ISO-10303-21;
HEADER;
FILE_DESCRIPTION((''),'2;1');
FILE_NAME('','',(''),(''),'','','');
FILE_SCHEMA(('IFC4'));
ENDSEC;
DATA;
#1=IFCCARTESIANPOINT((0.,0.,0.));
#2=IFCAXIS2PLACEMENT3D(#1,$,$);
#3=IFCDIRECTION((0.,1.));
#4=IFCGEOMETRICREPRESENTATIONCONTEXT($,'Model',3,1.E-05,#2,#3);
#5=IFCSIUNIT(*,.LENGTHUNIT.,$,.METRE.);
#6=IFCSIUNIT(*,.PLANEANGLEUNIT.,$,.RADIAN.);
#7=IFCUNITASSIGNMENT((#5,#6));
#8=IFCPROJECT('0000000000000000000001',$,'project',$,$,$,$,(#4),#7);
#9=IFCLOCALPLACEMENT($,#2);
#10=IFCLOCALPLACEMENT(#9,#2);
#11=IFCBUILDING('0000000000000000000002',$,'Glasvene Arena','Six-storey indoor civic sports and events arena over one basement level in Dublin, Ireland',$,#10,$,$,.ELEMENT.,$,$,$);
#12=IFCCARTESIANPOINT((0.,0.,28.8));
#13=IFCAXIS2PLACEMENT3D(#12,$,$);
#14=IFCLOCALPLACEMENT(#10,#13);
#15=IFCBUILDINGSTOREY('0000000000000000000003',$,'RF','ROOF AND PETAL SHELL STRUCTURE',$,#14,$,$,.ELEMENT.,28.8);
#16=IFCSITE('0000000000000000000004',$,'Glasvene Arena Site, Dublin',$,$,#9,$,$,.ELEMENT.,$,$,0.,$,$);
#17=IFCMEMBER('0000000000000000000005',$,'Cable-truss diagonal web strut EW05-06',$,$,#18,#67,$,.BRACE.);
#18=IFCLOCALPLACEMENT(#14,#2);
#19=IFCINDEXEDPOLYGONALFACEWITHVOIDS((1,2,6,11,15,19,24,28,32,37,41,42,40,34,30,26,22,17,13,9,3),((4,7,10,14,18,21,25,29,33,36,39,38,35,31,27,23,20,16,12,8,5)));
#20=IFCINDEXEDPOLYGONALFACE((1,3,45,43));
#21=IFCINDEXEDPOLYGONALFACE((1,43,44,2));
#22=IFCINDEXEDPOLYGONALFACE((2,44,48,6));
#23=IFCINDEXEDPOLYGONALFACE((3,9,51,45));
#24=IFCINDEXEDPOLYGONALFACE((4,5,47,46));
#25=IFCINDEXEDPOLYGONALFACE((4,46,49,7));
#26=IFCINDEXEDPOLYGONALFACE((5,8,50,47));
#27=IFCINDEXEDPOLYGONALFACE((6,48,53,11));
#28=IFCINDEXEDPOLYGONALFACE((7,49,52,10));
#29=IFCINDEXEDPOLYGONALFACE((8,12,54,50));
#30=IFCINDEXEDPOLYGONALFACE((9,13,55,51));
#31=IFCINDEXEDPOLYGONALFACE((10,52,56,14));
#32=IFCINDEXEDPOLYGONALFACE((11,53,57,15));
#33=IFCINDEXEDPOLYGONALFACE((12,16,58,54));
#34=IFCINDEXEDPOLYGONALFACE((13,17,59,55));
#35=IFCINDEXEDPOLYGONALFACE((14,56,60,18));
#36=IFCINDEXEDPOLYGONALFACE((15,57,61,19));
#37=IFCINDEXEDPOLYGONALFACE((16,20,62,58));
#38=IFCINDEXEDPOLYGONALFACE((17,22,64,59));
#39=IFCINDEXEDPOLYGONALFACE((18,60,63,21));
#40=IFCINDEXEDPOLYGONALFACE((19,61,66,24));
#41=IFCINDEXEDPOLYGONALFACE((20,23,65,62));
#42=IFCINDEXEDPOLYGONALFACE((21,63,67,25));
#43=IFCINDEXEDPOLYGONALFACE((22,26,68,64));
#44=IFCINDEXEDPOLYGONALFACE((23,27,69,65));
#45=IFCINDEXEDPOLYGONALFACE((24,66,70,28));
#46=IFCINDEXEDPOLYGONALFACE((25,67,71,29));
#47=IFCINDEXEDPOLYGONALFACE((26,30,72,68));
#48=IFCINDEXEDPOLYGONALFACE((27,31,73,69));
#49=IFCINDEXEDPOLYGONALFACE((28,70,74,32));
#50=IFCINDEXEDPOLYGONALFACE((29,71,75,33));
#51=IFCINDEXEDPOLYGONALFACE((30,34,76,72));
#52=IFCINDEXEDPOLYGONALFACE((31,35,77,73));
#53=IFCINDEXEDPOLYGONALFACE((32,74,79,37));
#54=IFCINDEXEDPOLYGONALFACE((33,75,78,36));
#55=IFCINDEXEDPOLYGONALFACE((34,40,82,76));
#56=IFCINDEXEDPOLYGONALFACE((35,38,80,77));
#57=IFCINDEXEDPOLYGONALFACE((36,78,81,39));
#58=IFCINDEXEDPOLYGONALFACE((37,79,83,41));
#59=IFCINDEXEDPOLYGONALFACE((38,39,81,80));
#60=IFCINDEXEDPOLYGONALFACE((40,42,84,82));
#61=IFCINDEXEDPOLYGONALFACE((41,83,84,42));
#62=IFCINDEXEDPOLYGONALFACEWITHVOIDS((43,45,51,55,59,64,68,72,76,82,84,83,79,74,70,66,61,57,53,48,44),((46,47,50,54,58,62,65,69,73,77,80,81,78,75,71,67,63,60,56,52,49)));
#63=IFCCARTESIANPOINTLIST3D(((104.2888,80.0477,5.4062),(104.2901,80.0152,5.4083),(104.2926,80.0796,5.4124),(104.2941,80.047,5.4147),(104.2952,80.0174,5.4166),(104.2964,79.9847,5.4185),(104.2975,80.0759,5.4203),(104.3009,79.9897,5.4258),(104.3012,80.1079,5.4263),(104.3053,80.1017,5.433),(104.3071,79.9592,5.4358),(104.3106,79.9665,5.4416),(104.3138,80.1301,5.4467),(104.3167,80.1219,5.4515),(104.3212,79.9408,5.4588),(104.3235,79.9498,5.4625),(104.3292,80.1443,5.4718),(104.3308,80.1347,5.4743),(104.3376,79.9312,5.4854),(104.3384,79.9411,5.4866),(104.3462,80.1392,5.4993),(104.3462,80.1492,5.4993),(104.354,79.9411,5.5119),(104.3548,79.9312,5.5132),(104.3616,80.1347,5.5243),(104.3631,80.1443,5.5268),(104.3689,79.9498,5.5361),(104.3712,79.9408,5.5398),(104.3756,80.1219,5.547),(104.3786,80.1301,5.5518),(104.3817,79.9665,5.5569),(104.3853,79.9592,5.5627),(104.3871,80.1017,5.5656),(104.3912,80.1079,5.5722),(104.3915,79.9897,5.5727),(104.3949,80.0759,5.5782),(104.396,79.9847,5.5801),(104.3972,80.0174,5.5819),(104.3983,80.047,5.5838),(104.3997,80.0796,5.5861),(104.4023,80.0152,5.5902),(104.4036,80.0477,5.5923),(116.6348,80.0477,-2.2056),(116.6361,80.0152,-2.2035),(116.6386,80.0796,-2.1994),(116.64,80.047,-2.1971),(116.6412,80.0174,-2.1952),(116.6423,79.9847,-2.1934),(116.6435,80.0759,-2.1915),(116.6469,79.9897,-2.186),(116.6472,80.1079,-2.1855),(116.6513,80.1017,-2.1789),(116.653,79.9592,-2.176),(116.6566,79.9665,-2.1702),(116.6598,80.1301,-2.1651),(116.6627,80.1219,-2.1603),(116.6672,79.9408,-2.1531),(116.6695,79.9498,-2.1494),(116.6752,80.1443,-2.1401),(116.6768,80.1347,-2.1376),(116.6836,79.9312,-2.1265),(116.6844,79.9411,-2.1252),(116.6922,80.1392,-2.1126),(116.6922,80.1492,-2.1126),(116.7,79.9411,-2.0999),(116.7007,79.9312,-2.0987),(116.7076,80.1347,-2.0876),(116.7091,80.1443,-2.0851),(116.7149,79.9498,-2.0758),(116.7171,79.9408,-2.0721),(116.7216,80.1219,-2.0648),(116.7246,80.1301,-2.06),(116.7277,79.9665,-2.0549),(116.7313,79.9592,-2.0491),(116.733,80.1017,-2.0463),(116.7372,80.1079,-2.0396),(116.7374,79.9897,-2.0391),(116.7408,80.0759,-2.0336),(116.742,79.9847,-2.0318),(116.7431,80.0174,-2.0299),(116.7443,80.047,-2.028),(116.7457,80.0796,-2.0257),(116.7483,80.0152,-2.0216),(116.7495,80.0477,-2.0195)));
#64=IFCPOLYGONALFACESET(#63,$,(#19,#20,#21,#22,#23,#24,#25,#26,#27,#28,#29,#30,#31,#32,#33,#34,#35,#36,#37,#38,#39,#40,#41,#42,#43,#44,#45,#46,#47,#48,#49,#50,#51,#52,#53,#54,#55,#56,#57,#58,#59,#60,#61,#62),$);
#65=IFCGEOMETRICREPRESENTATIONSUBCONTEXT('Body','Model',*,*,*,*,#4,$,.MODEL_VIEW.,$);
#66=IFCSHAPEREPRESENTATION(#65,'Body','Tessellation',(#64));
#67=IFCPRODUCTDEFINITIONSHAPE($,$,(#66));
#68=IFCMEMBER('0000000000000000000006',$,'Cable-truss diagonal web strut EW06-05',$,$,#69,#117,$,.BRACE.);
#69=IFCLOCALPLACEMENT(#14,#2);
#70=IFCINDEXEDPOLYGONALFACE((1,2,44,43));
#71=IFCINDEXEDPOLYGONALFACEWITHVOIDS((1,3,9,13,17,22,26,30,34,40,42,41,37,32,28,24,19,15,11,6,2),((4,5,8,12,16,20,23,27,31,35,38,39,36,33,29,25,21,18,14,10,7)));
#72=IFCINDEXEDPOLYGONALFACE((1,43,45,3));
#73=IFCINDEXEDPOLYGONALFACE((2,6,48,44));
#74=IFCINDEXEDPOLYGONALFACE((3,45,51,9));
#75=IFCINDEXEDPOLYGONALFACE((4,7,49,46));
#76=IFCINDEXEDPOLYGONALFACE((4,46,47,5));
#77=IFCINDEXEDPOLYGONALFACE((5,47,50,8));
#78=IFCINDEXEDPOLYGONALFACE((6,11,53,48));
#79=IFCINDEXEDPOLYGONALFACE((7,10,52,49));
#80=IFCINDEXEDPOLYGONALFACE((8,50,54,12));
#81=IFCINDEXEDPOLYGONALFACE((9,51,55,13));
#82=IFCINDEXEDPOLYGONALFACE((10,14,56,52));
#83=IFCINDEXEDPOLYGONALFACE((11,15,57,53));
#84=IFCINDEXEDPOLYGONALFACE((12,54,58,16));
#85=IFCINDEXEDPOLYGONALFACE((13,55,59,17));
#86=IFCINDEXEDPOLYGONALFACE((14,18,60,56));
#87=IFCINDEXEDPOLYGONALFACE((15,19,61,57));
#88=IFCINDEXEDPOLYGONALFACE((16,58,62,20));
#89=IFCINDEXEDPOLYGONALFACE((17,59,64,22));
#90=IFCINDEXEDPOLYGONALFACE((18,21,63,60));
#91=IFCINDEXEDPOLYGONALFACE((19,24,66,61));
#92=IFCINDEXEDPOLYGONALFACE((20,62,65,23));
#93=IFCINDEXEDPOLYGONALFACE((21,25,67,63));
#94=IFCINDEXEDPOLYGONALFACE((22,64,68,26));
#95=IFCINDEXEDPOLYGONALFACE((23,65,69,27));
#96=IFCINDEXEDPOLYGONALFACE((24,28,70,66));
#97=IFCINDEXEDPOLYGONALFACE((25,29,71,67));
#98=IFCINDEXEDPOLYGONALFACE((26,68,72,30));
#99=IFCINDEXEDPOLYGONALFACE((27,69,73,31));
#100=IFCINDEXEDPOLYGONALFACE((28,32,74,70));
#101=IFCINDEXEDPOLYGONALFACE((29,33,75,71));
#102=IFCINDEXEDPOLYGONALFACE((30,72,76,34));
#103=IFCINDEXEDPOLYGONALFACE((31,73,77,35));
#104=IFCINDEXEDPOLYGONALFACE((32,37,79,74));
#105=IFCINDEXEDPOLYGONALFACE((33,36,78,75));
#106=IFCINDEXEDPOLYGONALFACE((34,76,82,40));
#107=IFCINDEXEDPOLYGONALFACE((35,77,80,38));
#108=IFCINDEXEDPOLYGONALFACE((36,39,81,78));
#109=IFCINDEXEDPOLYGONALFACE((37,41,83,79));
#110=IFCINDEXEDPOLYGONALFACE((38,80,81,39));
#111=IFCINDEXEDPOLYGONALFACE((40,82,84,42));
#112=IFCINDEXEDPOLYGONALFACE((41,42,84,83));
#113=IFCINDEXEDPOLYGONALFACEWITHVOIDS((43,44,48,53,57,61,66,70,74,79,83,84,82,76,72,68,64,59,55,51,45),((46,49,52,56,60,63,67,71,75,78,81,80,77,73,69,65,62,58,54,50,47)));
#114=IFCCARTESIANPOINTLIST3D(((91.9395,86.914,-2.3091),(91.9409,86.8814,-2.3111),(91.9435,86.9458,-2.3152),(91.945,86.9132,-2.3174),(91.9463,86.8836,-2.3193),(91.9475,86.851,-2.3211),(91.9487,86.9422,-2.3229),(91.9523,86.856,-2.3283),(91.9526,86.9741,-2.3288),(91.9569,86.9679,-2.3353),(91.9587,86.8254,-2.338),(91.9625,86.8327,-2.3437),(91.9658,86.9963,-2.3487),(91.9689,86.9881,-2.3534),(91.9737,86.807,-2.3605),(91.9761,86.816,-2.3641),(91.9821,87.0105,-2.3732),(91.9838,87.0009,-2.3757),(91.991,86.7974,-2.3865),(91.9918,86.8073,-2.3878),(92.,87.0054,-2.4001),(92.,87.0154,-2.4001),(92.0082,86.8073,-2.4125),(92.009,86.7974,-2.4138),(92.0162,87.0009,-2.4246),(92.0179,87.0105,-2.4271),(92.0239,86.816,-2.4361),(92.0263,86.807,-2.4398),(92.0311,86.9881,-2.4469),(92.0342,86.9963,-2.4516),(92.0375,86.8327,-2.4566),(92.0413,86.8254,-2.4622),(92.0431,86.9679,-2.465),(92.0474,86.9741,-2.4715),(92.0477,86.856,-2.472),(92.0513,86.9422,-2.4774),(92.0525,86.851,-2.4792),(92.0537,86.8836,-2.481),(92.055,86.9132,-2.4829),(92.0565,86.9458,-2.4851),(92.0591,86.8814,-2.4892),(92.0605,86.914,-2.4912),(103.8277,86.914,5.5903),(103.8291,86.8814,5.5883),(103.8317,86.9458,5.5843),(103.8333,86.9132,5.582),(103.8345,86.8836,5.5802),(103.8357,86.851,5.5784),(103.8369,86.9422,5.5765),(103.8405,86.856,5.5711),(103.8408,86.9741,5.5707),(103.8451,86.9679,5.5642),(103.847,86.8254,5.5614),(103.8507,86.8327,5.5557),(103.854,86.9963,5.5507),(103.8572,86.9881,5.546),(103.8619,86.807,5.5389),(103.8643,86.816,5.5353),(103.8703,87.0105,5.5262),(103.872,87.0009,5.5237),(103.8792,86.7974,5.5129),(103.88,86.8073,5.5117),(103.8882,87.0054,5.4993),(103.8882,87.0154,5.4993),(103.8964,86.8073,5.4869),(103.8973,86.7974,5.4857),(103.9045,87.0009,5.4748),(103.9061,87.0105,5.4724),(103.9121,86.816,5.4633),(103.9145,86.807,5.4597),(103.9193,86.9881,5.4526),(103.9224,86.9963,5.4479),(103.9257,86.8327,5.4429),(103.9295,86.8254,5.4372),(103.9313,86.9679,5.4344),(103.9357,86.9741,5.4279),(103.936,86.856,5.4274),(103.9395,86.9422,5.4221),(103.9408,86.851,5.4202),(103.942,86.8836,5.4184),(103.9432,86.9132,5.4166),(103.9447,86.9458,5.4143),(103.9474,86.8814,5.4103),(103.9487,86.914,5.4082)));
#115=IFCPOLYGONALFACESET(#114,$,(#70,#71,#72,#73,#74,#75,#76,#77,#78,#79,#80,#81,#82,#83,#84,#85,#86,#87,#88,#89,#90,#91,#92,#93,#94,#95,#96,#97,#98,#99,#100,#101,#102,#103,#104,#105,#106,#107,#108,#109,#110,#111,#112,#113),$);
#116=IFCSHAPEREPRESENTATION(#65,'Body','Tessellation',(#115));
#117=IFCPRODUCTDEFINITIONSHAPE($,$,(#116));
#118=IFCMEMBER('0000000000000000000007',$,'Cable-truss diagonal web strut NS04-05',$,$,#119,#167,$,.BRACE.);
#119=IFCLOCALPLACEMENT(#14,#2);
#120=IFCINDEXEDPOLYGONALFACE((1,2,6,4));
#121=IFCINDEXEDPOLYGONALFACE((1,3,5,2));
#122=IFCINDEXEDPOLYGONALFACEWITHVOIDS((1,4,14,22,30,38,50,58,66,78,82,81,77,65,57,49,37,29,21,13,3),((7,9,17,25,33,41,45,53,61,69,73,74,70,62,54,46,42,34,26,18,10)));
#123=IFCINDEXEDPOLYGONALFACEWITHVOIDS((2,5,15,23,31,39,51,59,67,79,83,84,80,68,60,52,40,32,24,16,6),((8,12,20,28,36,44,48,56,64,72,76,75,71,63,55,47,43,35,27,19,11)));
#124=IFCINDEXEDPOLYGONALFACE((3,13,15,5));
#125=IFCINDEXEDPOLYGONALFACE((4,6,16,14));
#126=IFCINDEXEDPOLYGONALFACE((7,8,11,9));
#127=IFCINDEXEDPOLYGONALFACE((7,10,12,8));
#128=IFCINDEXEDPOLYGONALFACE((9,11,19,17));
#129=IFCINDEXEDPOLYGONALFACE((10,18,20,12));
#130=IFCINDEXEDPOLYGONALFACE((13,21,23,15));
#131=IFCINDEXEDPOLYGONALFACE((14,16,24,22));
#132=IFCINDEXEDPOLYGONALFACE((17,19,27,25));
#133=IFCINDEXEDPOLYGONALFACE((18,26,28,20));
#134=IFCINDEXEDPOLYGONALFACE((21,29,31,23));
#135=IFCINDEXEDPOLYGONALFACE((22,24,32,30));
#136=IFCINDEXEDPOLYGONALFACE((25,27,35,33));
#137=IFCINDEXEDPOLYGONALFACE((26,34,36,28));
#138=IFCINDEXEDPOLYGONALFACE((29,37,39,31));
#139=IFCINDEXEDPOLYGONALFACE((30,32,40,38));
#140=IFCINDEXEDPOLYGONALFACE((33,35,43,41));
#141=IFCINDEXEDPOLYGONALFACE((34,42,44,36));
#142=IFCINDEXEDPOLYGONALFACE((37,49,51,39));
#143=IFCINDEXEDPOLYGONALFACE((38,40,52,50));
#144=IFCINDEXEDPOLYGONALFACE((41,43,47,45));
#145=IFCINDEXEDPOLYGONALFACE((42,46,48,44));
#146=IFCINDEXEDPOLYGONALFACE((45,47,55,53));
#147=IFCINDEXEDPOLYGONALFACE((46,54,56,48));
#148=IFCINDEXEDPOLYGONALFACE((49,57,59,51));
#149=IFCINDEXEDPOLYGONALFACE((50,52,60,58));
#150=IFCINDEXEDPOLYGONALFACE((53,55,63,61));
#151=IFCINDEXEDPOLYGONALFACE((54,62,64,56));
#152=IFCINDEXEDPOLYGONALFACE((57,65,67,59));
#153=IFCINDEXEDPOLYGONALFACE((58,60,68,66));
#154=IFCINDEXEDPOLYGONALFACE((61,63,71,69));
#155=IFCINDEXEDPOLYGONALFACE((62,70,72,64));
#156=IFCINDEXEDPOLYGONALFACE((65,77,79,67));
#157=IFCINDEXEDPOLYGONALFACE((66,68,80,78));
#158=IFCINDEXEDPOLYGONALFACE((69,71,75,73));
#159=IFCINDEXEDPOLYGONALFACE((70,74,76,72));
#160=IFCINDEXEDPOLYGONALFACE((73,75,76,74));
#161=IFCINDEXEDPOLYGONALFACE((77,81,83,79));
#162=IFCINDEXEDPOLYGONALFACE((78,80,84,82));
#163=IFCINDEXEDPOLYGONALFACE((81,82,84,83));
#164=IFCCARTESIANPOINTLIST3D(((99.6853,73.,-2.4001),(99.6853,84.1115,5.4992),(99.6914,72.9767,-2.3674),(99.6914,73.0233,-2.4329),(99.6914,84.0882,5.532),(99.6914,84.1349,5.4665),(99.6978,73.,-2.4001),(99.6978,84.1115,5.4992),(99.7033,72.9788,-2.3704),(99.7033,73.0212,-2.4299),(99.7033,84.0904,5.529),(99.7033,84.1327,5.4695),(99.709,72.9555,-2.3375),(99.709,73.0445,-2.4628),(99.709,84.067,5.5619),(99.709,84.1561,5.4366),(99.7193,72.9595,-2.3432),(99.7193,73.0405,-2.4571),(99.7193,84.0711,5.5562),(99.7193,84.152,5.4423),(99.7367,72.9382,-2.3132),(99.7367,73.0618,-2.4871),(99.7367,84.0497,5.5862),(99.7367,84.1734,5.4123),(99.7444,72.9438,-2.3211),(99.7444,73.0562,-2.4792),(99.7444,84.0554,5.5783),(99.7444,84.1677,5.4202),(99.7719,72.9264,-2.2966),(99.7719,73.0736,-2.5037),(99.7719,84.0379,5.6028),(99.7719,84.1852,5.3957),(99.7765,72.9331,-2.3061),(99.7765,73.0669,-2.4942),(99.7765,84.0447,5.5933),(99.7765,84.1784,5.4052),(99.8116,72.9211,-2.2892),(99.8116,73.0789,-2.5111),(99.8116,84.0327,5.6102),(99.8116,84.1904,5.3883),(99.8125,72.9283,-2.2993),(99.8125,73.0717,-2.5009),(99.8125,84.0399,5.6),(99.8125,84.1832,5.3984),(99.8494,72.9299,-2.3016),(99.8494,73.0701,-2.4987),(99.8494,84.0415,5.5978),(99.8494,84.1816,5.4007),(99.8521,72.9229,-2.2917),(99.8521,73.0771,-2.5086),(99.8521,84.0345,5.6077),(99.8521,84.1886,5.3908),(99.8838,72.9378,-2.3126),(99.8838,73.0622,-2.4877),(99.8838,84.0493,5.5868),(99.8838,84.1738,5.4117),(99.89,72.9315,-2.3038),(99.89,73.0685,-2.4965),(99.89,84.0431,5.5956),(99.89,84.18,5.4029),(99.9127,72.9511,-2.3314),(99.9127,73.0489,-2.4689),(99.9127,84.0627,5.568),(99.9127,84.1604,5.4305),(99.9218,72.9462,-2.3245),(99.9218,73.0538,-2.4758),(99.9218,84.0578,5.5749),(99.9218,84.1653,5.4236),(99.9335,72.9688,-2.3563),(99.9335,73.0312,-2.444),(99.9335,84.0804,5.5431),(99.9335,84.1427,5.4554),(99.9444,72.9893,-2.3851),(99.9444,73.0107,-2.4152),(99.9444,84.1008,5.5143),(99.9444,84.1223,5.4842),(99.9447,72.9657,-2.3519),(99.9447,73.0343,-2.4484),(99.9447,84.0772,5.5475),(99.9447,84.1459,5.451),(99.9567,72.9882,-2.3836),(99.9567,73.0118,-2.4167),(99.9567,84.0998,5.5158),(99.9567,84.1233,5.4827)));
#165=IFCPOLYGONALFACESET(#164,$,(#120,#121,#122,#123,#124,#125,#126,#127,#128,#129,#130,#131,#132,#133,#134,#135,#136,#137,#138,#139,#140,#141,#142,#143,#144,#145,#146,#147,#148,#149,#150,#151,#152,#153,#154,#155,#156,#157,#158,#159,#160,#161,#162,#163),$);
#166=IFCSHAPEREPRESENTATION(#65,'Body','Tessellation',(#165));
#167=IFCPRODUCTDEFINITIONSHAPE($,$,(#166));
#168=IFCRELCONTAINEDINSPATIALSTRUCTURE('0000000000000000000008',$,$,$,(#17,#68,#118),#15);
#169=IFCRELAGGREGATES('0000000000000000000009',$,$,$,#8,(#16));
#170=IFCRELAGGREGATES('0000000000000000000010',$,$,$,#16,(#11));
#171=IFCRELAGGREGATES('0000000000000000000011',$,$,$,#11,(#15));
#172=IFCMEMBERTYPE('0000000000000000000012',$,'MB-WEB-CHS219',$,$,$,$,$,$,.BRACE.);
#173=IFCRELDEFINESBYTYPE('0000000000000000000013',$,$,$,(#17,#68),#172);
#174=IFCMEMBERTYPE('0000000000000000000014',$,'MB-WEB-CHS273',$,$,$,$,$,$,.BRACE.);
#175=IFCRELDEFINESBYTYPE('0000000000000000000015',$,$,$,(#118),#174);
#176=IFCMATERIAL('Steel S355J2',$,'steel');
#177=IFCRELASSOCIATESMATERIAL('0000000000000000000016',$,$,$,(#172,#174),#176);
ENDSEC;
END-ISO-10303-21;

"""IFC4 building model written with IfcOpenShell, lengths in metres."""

from ifc_helpers import new_model, si_unit, direction, frame, origin, origin_2d, place, context, subcontext, project, spatial, hollow_circle, extrude, material, material_profile, profile_set, type_object, element, save


model = new_model("IFC4")

# Units and contexts
model_context = context("Model", 3, precision=1e-05, world=origin(), true_north=direction((0.0, 1.0)))
body_context = subcontext(model_context, "Body", "Model", "MODEL_VIEW")
ifc_project = project(units=[si_unit("LENGTHUNIT", "METRE"), si_unit("PLANEANGLEUNIT", "RADIAN")], contexts=[model_context])

# Site, building, storey
site_placement = place(None, origin())
site = spatial("IfcSite", under=ifc_project, at=site_placement, Name="Glasvene Arena Site, Dublin", CompositionType="ELEMENT", RefElevation=0.0)
building_placement = place(site_placement, origin())
building = spatial("IfcBuilding", under=site, at=building_placement, Name="Glasvene Arena", Description="Six-storey indoor civic sports and events arena over one basement level in Dublin, Ireland", CompositionType="ELEMENT")
storey_placement = place(building_placement, frame((0.0, 0.0, 28.8)))
storey = spatial("IfcBuildingStorey", under=building, at=storey_placement, Name="RF", Description="ROOF AND PETAL SHELL STRUCTURE", CompositionType="ELEMENT", Elevation=28.8)

# Members
ifc_material_1 = material(Name="Steel S355J2", Category="steel")
ifc_material_profile_1 = material_profile(ifc_material_1, hollow_circle(Radius=0.1096, WallThickness=0.01, at=origin_2d()), Name="CHS 219.1x10.0")
ifc_profile_set_1 = profile_set([ifc_material_profile_1], Name="Steel S355J2")
member_type_1 = type_object("IfcMemberType", Name="MB-WEB-CHS219", PredefinedType="BRACE", material=ifc_profile_set_1)
member_1_placement = place(storey_placement, frame((104.3462, 80.0396, 5.4993), z_axis=(0.851218, 0.0, -0.524813), x_axis=(0.0, 1.0, 0.0)))
element("IfcMember", 1, at=member_1_placement, inside=storey, type_object=member_type_1, Name="Cable-truss diagonal web strut EW05-06", PredefinedType="BRACE", context=body_context, shape_type="SweptSolid", body=[
    extrude(hollow_circle(Radius=0.1096, WallThickness=0.01, at=origin_2d()), origin(), (0.0, 0.0, 1.0), 14.5039),
])
member_2_placement = place(storey_placement, frame((92.0, 86.9058, -2.4001), z_axis=(0.832891, 0.0, 0.553436), x_axis=(0.0, 1.0, 0.0)))
element("IfcMember", 2, at=member_2_placement, inside=storey, type_object=member_type_1, Name="Cable-truss diagonal web strut EW06-05", PredefinedType="BRACE", context=body_context, shape_type="SweptSolid", body=[
    extrude(hollow_circle(Radius=0.1096, WallThickness=0.01, at=origin_2d()), origin(), (0.0, 0.0, 1.0), 14.2734),
])
ifc_material_profile_2 = material_profile(ifc_material_1, hollow_circle(Radius=0.1365, WallThickness=0.0125, at=origin_2d()), Name="CHS 273.0x12.5")
ifc_profile_set_2 = profile_set([ifc_material_profile_2], Name="Steel S355J2")
member_type_2 = type_object("IfcMemberType", Name="MB-WEB-CHS273", PredefinedType="BRACE", material=ifc_profile_set_2)
member_3_placement = place(storey_placement, frame((99.8218, 73.0, -2.4001), z_axis=(0.0, 0.81503, 0.579419), x_axis=(-1.0, 0.0, 0.0)))
element("IfcMember", 3, at=member_3_placement, inside=storey, type_object=member_type_2, Name="Cable-truss diagonal web strut NS04-05", PredefinedType="BRACE", context=body_context, shape_type="SweptSolid", body=[
    extrude(hollow_circle(Radius=0.1365, WallThickness=0.0125, at=origin_2d()), origin(), (0.0, 0.0, 1.0), 13.6333),
])

save(model, "model.ifc")
